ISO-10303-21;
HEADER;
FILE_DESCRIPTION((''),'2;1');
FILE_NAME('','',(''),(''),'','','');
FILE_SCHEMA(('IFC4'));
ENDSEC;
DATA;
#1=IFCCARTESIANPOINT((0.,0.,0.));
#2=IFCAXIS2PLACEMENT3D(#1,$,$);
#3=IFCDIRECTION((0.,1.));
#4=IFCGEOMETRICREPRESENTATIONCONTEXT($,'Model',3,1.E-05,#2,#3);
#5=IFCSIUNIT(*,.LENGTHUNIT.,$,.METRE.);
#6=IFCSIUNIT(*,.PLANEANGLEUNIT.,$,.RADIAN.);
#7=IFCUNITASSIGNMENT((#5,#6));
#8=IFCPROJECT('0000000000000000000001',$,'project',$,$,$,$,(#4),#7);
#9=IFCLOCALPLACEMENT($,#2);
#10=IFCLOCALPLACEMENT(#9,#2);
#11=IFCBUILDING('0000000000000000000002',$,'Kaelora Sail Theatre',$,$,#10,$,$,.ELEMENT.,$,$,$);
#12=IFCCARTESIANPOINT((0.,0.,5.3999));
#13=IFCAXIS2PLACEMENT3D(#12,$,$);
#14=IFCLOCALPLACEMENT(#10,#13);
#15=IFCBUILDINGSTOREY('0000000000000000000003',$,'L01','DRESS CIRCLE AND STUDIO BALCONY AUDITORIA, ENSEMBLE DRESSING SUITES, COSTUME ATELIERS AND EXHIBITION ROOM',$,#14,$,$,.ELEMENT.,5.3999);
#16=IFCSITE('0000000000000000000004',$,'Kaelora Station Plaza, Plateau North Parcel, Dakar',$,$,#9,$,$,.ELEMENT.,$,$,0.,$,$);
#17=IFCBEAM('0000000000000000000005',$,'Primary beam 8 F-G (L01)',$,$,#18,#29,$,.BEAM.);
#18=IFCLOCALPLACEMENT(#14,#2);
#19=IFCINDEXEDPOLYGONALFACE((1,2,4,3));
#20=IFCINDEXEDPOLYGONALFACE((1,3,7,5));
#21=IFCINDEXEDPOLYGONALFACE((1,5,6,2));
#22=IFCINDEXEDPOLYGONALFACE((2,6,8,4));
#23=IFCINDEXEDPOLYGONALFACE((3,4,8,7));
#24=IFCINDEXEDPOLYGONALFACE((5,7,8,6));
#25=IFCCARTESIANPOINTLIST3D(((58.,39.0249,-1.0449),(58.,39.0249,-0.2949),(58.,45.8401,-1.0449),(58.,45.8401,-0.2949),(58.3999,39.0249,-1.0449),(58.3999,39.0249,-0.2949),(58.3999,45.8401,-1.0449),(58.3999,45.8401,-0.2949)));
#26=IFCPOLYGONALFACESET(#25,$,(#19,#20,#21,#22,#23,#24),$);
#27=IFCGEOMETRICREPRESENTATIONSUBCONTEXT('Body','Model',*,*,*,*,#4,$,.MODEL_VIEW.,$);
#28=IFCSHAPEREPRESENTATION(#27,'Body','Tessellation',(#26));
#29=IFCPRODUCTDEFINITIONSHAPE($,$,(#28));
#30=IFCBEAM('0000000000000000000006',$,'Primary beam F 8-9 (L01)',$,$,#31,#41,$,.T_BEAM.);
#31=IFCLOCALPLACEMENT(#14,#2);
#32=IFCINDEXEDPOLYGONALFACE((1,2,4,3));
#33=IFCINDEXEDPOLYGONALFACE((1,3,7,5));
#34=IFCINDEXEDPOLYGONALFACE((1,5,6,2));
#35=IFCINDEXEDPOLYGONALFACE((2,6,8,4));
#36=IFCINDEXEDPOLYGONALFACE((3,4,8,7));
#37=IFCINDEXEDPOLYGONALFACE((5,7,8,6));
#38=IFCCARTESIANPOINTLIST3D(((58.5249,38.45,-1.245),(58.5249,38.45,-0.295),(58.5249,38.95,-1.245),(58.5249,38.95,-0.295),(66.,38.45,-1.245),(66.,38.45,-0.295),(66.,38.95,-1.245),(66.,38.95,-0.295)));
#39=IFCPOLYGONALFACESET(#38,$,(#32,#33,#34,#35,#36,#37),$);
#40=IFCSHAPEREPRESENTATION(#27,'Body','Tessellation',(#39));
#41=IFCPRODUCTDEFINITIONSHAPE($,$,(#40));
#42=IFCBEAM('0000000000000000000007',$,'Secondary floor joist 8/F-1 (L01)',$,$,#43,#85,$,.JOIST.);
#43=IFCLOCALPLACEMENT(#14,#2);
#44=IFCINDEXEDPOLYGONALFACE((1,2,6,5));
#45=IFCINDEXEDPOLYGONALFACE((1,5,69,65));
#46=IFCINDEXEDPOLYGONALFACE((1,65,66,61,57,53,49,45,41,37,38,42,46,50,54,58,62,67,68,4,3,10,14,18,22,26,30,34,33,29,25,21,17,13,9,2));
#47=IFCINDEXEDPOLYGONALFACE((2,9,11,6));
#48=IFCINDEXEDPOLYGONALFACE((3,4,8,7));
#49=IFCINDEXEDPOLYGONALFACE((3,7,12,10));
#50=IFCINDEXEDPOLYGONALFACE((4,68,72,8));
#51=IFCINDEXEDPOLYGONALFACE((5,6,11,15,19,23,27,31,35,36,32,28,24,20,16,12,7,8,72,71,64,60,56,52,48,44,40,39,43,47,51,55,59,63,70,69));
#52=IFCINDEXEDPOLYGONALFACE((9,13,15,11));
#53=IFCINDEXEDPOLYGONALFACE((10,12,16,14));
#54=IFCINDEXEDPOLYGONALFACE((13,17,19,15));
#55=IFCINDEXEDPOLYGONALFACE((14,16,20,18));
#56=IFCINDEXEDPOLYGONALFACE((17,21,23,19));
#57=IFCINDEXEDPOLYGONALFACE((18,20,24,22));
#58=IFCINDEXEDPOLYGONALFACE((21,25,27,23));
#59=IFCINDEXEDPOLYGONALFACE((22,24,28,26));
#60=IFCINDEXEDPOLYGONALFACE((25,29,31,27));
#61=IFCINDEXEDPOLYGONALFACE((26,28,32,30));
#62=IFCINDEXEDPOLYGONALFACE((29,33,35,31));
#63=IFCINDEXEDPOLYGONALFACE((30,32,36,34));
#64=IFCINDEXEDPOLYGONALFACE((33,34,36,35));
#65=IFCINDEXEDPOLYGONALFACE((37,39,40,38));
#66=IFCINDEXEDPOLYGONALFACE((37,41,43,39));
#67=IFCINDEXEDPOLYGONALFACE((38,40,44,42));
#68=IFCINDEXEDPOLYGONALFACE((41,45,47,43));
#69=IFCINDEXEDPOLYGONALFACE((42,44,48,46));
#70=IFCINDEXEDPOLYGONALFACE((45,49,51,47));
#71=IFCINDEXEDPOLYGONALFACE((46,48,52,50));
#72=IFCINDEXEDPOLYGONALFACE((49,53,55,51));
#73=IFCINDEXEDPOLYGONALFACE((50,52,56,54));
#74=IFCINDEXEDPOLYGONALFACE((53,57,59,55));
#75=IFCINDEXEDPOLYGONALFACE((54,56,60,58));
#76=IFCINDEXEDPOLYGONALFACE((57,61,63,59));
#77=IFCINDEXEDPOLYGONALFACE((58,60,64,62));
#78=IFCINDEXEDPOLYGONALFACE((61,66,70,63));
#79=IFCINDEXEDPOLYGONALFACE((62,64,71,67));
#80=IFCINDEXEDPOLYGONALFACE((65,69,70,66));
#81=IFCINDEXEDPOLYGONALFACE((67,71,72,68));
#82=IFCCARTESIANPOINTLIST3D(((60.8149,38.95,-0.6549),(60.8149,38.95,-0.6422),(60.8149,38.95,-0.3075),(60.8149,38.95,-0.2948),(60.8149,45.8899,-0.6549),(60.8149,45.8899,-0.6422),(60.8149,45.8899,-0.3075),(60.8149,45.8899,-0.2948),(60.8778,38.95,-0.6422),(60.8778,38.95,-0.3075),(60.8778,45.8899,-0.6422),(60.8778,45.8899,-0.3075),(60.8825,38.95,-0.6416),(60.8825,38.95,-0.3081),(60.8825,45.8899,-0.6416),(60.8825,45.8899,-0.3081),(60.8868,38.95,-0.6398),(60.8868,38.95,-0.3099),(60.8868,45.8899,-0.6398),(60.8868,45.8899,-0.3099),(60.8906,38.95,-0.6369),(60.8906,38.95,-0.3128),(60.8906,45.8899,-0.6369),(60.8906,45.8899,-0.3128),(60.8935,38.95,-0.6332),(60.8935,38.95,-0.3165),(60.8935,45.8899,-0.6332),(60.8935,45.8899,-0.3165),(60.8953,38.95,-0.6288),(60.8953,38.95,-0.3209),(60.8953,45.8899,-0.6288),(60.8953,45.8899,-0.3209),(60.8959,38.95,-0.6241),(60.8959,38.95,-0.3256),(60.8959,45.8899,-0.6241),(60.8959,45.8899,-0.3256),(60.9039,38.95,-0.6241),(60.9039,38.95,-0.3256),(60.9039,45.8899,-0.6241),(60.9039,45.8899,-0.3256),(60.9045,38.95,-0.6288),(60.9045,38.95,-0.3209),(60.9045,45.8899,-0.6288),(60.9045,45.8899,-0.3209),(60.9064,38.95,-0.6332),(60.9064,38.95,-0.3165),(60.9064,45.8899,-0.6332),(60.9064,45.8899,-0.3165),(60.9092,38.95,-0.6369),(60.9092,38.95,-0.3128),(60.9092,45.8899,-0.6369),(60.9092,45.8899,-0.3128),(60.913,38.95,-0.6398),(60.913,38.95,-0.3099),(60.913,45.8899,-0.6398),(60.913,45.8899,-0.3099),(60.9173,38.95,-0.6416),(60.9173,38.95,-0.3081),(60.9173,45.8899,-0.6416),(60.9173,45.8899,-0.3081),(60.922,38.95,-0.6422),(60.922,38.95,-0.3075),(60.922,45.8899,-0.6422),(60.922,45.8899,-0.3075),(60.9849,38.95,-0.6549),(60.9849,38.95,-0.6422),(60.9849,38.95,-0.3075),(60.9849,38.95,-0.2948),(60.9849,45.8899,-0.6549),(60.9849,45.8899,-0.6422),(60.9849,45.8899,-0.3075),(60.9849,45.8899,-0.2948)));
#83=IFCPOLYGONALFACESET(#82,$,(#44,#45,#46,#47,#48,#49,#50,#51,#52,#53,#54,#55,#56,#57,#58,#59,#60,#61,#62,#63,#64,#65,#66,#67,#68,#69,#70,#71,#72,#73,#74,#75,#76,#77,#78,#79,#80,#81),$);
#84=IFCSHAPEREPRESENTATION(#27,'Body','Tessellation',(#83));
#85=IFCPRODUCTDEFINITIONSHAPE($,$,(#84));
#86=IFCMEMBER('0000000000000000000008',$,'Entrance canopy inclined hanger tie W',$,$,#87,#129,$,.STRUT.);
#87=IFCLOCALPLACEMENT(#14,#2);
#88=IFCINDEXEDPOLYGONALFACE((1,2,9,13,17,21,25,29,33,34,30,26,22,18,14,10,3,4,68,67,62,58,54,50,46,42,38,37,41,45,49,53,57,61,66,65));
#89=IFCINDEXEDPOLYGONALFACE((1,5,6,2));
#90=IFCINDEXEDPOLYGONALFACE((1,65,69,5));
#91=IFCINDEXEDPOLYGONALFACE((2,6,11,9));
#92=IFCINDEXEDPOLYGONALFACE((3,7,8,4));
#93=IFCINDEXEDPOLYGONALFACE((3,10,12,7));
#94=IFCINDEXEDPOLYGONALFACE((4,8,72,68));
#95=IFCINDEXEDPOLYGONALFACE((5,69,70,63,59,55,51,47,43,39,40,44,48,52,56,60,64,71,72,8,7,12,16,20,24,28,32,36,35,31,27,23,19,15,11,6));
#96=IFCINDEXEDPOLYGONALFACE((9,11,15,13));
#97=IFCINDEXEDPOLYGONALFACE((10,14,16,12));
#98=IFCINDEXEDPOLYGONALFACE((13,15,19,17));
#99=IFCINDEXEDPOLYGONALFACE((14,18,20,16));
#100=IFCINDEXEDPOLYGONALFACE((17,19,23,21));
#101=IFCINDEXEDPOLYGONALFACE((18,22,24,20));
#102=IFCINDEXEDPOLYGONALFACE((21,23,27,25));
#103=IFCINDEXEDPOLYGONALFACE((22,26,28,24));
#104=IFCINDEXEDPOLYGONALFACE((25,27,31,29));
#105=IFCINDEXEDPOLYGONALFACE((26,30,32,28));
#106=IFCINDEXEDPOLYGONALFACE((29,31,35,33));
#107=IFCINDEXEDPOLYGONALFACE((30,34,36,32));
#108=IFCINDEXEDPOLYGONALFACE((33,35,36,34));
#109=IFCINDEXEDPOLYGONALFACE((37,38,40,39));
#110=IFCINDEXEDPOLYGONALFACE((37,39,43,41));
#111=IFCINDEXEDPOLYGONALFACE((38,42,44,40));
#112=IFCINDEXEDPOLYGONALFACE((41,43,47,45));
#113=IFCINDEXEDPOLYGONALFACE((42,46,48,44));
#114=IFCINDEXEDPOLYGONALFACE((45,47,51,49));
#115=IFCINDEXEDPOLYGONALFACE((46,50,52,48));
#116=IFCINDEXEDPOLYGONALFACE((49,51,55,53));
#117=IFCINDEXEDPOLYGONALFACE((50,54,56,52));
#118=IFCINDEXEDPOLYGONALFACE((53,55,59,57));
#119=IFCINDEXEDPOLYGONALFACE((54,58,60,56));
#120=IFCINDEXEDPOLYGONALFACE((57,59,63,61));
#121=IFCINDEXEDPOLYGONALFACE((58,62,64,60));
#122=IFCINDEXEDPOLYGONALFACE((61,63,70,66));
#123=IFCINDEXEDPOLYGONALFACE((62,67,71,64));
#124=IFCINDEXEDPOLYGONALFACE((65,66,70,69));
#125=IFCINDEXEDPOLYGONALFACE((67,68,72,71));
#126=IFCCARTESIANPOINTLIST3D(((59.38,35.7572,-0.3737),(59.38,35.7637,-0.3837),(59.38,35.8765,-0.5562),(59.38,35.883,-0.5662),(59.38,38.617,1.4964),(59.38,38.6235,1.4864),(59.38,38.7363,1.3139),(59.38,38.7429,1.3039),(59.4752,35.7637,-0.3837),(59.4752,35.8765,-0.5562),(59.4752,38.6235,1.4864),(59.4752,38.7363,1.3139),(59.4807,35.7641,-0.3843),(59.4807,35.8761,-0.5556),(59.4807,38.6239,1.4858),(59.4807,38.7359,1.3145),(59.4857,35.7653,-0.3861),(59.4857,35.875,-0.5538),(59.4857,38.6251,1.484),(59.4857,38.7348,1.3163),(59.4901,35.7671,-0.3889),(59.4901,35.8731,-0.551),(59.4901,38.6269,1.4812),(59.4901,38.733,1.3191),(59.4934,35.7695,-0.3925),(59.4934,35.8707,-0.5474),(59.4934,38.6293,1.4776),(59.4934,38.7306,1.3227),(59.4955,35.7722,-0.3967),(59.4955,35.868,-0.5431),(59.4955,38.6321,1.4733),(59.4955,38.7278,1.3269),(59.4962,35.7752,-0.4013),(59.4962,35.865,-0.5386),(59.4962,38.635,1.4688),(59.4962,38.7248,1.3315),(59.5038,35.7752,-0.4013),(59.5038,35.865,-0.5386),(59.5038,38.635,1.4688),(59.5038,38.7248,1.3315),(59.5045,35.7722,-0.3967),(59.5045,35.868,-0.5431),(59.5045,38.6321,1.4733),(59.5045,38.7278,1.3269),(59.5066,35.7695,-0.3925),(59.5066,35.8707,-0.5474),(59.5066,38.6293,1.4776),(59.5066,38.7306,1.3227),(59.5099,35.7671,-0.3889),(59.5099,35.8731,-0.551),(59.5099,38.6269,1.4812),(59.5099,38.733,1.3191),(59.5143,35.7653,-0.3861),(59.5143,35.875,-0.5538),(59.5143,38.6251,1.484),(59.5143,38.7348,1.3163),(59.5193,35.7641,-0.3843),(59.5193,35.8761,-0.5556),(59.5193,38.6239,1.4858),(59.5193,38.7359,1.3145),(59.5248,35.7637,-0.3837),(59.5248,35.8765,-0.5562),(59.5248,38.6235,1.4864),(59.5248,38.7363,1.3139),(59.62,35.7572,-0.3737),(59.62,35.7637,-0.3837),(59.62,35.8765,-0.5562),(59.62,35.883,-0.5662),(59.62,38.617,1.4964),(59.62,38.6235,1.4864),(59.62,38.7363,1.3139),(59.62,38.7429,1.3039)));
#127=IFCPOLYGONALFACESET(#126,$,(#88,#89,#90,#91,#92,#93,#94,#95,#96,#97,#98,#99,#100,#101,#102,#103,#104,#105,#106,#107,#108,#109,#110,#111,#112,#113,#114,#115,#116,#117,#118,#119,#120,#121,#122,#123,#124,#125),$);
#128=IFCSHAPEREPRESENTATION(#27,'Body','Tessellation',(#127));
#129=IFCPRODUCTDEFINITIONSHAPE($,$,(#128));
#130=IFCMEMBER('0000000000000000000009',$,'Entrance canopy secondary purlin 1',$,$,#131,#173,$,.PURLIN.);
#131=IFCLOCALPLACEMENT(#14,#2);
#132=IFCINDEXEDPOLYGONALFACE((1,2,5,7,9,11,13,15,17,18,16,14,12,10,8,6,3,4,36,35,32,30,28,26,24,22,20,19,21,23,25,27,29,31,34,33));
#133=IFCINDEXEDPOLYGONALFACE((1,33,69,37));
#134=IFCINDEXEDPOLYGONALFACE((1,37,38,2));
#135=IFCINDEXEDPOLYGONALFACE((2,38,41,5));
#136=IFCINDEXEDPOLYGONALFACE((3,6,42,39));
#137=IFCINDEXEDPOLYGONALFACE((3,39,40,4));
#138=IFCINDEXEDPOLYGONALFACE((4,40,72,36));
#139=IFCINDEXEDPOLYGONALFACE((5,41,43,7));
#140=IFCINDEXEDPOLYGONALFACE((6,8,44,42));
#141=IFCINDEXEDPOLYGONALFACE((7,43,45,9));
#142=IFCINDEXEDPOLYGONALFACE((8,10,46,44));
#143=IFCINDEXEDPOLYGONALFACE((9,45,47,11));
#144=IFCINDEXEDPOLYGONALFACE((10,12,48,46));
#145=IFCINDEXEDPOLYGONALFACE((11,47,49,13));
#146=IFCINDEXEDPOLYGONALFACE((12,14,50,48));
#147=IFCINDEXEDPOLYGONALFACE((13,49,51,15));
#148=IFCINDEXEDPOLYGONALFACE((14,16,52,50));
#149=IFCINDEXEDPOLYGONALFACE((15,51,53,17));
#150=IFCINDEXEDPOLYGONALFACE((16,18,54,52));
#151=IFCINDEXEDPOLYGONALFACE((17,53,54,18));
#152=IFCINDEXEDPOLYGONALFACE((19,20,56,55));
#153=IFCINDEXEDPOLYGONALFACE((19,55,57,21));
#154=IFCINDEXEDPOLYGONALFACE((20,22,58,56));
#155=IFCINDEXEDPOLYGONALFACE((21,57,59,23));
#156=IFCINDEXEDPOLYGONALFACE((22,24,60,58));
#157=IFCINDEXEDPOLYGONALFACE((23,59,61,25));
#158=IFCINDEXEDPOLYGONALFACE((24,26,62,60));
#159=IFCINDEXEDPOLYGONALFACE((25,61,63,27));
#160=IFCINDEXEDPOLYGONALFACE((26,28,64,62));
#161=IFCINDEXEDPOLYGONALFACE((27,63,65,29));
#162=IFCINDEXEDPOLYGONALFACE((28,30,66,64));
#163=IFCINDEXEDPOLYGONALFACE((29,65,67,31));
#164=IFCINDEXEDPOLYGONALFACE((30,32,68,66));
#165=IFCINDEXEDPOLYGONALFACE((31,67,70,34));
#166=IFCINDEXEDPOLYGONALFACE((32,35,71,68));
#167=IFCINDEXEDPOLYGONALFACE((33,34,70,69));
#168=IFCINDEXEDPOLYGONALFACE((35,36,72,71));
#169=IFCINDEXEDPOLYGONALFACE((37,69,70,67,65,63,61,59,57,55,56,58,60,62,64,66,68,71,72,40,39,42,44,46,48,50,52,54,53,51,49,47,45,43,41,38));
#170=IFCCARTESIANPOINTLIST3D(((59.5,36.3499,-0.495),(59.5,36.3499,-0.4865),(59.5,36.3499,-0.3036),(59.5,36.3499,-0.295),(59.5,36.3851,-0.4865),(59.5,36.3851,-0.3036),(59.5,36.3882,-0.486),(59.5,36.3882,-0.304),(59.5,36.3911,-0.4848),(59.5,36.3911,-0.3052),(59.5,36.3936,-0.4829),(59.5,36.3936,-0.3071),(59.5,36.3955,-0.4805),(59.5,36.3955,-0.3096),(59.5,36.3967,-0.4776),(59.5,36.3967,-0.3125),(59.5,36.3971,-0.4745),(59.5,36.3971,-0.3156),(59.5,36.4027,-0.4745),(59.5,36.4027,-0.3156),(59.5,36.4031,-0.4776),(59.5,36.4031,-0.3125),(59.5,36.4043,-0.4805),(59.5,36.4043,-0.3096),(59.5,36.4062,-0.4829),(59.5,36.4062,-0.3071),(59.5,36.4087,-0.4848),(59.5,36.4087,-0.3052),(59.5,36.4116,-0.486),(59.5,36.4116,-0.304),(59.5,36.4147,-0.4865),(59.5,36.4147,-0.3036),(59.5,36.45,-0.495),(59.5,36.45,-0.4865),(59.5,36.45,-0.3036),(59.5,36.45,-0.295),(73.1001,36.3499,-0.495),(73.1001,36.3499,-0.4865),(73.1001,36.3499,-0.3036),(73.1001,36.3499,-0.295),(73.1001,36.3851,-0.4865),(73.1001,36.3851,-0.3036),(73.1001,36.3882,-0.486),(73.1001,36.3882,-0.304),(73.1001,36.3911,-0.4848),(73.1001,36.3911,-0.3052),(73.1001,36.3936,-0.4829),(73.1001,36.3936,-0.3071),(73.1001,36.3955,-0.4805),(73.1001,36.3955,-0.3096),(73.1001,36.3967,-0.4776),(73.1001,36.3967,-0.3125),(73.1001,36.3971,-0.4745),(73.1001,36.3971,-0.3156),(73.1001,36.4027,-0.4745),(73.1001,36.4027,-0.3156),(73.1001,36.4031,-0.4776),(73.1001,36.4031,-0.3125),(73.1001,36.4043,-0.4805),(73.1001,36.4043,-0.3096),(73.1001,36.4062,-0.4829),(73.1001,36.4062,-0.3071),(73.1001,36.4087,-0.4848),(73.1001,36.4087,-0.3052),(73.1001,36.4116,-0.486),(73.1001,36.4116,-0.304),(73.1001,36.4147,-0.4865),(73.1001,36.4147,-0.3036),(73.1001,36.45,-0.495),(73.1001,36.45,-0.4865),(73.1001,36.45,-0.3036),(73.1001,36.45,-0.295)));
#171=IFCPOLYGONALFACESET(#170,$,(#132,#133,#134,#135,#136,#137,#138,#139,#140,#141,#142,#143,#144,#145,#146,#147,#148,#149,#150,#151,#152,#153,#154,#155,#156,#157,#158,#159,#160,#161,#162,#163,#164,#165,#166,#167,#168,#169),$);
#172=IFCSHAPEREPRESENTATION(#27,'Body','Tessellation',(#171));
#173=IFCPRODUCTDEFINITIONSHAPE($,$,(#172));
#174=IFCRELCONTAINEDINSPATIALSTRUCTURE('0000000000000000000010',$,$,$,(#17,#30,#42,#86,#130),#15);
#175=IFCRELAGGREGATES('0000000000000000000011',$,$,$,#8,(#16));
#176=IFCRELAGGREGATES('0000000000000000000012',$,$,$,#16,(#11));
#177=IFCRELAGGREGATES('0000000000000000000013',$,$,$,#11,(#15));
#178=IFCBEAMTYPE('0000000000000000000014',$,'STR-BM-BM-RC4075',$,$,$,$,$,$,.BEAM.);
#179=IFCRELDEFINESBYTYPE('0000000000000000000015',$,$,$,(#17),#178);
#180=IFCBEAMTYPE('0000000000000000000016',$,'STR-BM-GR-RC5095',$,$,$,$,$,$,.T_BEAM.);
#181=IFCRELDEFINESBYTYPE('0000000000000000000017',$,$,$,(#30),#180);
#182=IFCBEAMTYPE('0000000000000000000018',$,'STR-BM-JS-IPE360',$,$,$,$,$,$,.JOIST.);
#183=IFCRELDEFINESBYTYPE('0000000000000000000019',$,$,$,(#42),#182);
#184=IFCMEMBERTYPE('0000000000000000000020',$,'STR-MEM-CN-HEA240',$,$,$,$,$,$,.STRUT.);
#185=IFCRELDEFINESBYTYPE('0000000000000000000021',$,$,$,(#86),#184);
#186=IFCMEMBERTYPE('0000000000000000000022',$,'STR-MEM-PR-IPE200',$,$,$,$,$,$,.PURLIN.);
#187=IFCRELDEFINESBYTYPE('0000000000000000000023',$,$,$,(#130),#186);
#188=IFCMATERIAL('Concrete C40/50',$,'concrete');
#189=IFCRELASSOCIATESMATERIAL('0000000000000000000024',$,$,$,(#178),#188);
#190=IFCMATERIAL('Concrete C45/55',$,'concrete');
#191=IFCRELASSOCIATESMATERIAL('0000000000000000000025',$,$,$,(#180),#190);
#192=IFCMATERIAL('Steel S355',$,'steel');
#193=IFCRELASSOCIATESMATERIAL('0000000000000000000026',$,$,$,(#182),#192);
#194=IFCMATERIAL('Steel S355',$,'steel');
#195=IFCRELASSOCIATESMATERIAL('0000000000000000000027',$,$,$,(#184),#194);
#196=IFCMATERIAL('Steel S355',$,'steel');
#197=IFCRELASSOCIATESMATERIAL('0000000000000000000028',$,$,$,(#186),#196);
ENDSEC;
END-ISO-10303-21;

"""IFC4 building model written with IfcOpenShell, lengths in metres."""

from ifc_helpers import new_model, si_unit, direction, frame, origin, origin_2d, place, context, subcontext, project, spatial, rectangle, i_section, extrude, material, material_profile, profile_set, type_object, element, save


model = new_model("IFC4")

# Units and contexts
model_context = context("Model", 3, precision=1e-05, world=origin(), true_north=direction((0.0, 1.0)))
body_context = subcontext(model_context, "Body", "Model", "MODEL_VIEW")
ifc_project = project(units=[si_unit("LENGTHUNIT", "METRE"), si_unit("PLANEANGLEUNIT", "RADIAN")], contexts=[model_context])

# Site, building, storey
site_placement = place(None, origin())
site = spatial("IfcSite", under=ifc_project, at=site_placement, Name="Kaelora Station Plaza, Plateau North Parcel, Dakar", CompositionType="ELEMENT", RefElevation=0.0)
building_placement = place(site_placement, origin())
building = spatial("IfcBuilding", under=site, at=building_placement, Name="Kaelora Sail Theatre", CompositionType="ELEMENT")
storey_placement = place(building_placement, frame((0.0, 0.0, 5.3999)))
storey = spatial("IfcBuildingStorey", under=building, at=storey_placement, Name="L01", Description="DRESS CIRCLE AND STUDIO BALCONY AUDITORIA, ENSEMBLE DRESSING SUITES, COSTUME ATELIERS AND EXHIBITION ROOM", CompositionType="ELEMENT", Elevation=5.3999)

# Beams
ifc_material_1 = material(Name="Concrete C40/50", Category="concrete")
ifc_material_profile_1 = material_profile(ifc_material_1, rectangle(XDim=0.3999, YDim=0.75, at=origin_2d()), Name="RC-BM 400x750")
ifc_profile_set_1 = profile_set([ifc_material_profile_1], Name="Concrete C40/50")
beam_type_1 = type_object("IfcBeamType", Name="STR-BM-BM-RC4075", PredefinedType="BEAM", material=ifc_profile_set_1)
beam_1_placement = place(storey_placement, frame((58.2, 39.0249, -0.6699), z_axis=(0.0, 1.0, 0.0), x_axis=(-1.0, 0.0, 0.0)))
element("IfcBeam", 1, at=beam_1_placement, inside=storey, type_object=beam_type_1, Name="Primary beam 8 F-G (L01)", PredefinedType="BEAM", context=body_context, shape_type="SweptSolid", body=[
    extrude(rectangle(XDim=0.3999, YDim=0.75, at=origin_2d()), origin(), (0.0, 0.0, 1.0), 6.8152),
])
ifc_material_2 = material(Name="Concrete C45/55", Category="concrete")
ifc_material_profile_2 = material_profile(ifc_material_2, rectangle(XDim=0.5, YDim=0.95, at=origin_2d()), Name="RC-GRD 500x950")
ifc_profile_set_2 = profile_set([ifc_material_profile_2], Name="Concrete C45/55")
beam_type_2 = type_object("IfcBeamType", Name="STR-BM-GR-RC5095", PredefinedType="T_BEAM", material=ifc_profile_set_2)
beam_2_placement = place(storey_placement, frame((58.5249, 38.7, -0.77), z_axis=(1.0, 0.0, 0.0), x_axis=(0.0, 1.0, 0.0)))
element("IfcBeam", 2, at=beam_2_placement, inside=storey, type_object=beam_type_2, Name="Primary beam F 8-9 (L01)", PredefinedType="T_BEAM", context=body_context, shape_type="SweptSolid", body=[
    extrude(rectangle(XDim=0.5, YDim=0.95, at=origin_2d()), origin(), (0.0, 0.0, 1.0), 7.4751),
])
ifc_material_3 = material(Name="Steel S355", Category="steel")
ifc_material_profile_3 = material_profile(ifc_material_3, i_section(OverallWidth=0.1699, OverallDepth=0.3601, WebThickness=0.0081, FlangeThickness=0.0127, FilletRadius=0.0181, at=origin_2d()), Name="IPE 360")
ifc_profile_set_3 = profile_set([ifc_material_profile_3], Name="Steel S355")
beam_type_3 = type_object("IfcBeamType", Name="STR-BM-JS-IPE360", PredefinedType="JOIST", material=ifc_profile_set_3)
beam_3_placement = place(storey_placement, frame((60.8999, 38.95, -0.4749), z_axis=(0.0, 1.0, 0.0), x_axis=(-1.0, 0.0, 0.0)))
element("IfcBeam", 3, at=beam_3_placement, inside=storey, type_object=beam_type_3, Name="Secondary floor joist 8/F-1 (L01)", PredefinedType="JOIST", context=body_context, shape_type="SweptSolid", body=[
    extrude(i_section(OverallWidth=0.1699, OverallDepth=0.3601, WebThickness=0.0081, FlangeThickness=0.0127, FilletRadius=0.0181, at=origin_2d()), origin(), (0.0, 0.0, 1.0), 6.9399),
])

# Members
ifc_material_4 = material(Name="Steel S355", Category="steel")
ifc_material_profile_4 = material_profile(ifc_material_4, i_section(OverallWidth=0.24, OverallDepth=0.23, WebThickness=0.0076, FlangeThickness=0.012, FilletRadius=0.021, at=origin_2d()), Name="HEA 240")
ifc_profile_set_4 = profile_set([ifc_material_profile_4], Name="Steel S355")
member_type_1 = type_object("IfcMemberType", Name="STR-MEM-CN-HEA240", PredefinedType="STRUT", material=ifc_profile_set_4)
member_placement = place(storey_placement, frame((59.5, 38.6799, 1.4001), z_axis=(0.0, -0.836942, -0.547292), x_axis=(1.0, 0.0, 0.0)))
element("IfcMember", 4, at=member_placement, inside=storey, type_object=member_type_1, Name="Entrance canopy inclined hanger tie W", PredefinedType="STRUT", context=body_context, shape_type="SweptSolid", body=[
    extrude(i_section(OverallWidth=0.24, OverallDepth=0.23, WebThickness=0.0076, FlangeThickness=0.012, FilletRadius=0.021, at=origin_2d()), origin(), (0.0, 0.0, 1.0), 3.417),
])
ifc_material_5 = material(Name="Steel S355", Category="steel")
ifc_material_profile_5 = material_profile(ifc_material_5, i_section(OverallWidth=0.1001, OverallDepth=0.2, WebThickness=0.0056, FlangeThickness=0.0085, FilletRadius=0.012, at=origin_2d()), Name="IPE 200")
ifc_profile_set_5 = profile_set([ifc_material_profile_5], Name="Steel S355")
member_type_2 = type_object("IfcMemberType", Name="STR-MEM-PR-IPE200", PredefinedType="PURLIN", material=ifc_profile_set_5)
for number, where, z_axis, x_axis, name in (
    (5, (59.5, 36.3999, -0.395), (1.0, 0.0, 0.0), (0.0, 1.0, 0.0), "Entrance canopy secondary purlin 1"),
):
    element("IfcMember", number, at=place(storey_placement, frame(where, z_axis=z_axis, x_axis=x_axis)), inside=storey, type_object=member_type_2, Name=name, PredefinedType="PURLIN", context=body_context, shape_type="SweptSolid", body=[
        extrude(i_section(OverallWidth=0.1001, OverallDepth=0.2, WebThickness=0.0056, FlangeThickness=0.0085, FilletRadius=0.012, at=origin_2d()), origin(), (0.0, 0.0, 1.0), 13.6001),
    ])

save(model, "model.ifc")
